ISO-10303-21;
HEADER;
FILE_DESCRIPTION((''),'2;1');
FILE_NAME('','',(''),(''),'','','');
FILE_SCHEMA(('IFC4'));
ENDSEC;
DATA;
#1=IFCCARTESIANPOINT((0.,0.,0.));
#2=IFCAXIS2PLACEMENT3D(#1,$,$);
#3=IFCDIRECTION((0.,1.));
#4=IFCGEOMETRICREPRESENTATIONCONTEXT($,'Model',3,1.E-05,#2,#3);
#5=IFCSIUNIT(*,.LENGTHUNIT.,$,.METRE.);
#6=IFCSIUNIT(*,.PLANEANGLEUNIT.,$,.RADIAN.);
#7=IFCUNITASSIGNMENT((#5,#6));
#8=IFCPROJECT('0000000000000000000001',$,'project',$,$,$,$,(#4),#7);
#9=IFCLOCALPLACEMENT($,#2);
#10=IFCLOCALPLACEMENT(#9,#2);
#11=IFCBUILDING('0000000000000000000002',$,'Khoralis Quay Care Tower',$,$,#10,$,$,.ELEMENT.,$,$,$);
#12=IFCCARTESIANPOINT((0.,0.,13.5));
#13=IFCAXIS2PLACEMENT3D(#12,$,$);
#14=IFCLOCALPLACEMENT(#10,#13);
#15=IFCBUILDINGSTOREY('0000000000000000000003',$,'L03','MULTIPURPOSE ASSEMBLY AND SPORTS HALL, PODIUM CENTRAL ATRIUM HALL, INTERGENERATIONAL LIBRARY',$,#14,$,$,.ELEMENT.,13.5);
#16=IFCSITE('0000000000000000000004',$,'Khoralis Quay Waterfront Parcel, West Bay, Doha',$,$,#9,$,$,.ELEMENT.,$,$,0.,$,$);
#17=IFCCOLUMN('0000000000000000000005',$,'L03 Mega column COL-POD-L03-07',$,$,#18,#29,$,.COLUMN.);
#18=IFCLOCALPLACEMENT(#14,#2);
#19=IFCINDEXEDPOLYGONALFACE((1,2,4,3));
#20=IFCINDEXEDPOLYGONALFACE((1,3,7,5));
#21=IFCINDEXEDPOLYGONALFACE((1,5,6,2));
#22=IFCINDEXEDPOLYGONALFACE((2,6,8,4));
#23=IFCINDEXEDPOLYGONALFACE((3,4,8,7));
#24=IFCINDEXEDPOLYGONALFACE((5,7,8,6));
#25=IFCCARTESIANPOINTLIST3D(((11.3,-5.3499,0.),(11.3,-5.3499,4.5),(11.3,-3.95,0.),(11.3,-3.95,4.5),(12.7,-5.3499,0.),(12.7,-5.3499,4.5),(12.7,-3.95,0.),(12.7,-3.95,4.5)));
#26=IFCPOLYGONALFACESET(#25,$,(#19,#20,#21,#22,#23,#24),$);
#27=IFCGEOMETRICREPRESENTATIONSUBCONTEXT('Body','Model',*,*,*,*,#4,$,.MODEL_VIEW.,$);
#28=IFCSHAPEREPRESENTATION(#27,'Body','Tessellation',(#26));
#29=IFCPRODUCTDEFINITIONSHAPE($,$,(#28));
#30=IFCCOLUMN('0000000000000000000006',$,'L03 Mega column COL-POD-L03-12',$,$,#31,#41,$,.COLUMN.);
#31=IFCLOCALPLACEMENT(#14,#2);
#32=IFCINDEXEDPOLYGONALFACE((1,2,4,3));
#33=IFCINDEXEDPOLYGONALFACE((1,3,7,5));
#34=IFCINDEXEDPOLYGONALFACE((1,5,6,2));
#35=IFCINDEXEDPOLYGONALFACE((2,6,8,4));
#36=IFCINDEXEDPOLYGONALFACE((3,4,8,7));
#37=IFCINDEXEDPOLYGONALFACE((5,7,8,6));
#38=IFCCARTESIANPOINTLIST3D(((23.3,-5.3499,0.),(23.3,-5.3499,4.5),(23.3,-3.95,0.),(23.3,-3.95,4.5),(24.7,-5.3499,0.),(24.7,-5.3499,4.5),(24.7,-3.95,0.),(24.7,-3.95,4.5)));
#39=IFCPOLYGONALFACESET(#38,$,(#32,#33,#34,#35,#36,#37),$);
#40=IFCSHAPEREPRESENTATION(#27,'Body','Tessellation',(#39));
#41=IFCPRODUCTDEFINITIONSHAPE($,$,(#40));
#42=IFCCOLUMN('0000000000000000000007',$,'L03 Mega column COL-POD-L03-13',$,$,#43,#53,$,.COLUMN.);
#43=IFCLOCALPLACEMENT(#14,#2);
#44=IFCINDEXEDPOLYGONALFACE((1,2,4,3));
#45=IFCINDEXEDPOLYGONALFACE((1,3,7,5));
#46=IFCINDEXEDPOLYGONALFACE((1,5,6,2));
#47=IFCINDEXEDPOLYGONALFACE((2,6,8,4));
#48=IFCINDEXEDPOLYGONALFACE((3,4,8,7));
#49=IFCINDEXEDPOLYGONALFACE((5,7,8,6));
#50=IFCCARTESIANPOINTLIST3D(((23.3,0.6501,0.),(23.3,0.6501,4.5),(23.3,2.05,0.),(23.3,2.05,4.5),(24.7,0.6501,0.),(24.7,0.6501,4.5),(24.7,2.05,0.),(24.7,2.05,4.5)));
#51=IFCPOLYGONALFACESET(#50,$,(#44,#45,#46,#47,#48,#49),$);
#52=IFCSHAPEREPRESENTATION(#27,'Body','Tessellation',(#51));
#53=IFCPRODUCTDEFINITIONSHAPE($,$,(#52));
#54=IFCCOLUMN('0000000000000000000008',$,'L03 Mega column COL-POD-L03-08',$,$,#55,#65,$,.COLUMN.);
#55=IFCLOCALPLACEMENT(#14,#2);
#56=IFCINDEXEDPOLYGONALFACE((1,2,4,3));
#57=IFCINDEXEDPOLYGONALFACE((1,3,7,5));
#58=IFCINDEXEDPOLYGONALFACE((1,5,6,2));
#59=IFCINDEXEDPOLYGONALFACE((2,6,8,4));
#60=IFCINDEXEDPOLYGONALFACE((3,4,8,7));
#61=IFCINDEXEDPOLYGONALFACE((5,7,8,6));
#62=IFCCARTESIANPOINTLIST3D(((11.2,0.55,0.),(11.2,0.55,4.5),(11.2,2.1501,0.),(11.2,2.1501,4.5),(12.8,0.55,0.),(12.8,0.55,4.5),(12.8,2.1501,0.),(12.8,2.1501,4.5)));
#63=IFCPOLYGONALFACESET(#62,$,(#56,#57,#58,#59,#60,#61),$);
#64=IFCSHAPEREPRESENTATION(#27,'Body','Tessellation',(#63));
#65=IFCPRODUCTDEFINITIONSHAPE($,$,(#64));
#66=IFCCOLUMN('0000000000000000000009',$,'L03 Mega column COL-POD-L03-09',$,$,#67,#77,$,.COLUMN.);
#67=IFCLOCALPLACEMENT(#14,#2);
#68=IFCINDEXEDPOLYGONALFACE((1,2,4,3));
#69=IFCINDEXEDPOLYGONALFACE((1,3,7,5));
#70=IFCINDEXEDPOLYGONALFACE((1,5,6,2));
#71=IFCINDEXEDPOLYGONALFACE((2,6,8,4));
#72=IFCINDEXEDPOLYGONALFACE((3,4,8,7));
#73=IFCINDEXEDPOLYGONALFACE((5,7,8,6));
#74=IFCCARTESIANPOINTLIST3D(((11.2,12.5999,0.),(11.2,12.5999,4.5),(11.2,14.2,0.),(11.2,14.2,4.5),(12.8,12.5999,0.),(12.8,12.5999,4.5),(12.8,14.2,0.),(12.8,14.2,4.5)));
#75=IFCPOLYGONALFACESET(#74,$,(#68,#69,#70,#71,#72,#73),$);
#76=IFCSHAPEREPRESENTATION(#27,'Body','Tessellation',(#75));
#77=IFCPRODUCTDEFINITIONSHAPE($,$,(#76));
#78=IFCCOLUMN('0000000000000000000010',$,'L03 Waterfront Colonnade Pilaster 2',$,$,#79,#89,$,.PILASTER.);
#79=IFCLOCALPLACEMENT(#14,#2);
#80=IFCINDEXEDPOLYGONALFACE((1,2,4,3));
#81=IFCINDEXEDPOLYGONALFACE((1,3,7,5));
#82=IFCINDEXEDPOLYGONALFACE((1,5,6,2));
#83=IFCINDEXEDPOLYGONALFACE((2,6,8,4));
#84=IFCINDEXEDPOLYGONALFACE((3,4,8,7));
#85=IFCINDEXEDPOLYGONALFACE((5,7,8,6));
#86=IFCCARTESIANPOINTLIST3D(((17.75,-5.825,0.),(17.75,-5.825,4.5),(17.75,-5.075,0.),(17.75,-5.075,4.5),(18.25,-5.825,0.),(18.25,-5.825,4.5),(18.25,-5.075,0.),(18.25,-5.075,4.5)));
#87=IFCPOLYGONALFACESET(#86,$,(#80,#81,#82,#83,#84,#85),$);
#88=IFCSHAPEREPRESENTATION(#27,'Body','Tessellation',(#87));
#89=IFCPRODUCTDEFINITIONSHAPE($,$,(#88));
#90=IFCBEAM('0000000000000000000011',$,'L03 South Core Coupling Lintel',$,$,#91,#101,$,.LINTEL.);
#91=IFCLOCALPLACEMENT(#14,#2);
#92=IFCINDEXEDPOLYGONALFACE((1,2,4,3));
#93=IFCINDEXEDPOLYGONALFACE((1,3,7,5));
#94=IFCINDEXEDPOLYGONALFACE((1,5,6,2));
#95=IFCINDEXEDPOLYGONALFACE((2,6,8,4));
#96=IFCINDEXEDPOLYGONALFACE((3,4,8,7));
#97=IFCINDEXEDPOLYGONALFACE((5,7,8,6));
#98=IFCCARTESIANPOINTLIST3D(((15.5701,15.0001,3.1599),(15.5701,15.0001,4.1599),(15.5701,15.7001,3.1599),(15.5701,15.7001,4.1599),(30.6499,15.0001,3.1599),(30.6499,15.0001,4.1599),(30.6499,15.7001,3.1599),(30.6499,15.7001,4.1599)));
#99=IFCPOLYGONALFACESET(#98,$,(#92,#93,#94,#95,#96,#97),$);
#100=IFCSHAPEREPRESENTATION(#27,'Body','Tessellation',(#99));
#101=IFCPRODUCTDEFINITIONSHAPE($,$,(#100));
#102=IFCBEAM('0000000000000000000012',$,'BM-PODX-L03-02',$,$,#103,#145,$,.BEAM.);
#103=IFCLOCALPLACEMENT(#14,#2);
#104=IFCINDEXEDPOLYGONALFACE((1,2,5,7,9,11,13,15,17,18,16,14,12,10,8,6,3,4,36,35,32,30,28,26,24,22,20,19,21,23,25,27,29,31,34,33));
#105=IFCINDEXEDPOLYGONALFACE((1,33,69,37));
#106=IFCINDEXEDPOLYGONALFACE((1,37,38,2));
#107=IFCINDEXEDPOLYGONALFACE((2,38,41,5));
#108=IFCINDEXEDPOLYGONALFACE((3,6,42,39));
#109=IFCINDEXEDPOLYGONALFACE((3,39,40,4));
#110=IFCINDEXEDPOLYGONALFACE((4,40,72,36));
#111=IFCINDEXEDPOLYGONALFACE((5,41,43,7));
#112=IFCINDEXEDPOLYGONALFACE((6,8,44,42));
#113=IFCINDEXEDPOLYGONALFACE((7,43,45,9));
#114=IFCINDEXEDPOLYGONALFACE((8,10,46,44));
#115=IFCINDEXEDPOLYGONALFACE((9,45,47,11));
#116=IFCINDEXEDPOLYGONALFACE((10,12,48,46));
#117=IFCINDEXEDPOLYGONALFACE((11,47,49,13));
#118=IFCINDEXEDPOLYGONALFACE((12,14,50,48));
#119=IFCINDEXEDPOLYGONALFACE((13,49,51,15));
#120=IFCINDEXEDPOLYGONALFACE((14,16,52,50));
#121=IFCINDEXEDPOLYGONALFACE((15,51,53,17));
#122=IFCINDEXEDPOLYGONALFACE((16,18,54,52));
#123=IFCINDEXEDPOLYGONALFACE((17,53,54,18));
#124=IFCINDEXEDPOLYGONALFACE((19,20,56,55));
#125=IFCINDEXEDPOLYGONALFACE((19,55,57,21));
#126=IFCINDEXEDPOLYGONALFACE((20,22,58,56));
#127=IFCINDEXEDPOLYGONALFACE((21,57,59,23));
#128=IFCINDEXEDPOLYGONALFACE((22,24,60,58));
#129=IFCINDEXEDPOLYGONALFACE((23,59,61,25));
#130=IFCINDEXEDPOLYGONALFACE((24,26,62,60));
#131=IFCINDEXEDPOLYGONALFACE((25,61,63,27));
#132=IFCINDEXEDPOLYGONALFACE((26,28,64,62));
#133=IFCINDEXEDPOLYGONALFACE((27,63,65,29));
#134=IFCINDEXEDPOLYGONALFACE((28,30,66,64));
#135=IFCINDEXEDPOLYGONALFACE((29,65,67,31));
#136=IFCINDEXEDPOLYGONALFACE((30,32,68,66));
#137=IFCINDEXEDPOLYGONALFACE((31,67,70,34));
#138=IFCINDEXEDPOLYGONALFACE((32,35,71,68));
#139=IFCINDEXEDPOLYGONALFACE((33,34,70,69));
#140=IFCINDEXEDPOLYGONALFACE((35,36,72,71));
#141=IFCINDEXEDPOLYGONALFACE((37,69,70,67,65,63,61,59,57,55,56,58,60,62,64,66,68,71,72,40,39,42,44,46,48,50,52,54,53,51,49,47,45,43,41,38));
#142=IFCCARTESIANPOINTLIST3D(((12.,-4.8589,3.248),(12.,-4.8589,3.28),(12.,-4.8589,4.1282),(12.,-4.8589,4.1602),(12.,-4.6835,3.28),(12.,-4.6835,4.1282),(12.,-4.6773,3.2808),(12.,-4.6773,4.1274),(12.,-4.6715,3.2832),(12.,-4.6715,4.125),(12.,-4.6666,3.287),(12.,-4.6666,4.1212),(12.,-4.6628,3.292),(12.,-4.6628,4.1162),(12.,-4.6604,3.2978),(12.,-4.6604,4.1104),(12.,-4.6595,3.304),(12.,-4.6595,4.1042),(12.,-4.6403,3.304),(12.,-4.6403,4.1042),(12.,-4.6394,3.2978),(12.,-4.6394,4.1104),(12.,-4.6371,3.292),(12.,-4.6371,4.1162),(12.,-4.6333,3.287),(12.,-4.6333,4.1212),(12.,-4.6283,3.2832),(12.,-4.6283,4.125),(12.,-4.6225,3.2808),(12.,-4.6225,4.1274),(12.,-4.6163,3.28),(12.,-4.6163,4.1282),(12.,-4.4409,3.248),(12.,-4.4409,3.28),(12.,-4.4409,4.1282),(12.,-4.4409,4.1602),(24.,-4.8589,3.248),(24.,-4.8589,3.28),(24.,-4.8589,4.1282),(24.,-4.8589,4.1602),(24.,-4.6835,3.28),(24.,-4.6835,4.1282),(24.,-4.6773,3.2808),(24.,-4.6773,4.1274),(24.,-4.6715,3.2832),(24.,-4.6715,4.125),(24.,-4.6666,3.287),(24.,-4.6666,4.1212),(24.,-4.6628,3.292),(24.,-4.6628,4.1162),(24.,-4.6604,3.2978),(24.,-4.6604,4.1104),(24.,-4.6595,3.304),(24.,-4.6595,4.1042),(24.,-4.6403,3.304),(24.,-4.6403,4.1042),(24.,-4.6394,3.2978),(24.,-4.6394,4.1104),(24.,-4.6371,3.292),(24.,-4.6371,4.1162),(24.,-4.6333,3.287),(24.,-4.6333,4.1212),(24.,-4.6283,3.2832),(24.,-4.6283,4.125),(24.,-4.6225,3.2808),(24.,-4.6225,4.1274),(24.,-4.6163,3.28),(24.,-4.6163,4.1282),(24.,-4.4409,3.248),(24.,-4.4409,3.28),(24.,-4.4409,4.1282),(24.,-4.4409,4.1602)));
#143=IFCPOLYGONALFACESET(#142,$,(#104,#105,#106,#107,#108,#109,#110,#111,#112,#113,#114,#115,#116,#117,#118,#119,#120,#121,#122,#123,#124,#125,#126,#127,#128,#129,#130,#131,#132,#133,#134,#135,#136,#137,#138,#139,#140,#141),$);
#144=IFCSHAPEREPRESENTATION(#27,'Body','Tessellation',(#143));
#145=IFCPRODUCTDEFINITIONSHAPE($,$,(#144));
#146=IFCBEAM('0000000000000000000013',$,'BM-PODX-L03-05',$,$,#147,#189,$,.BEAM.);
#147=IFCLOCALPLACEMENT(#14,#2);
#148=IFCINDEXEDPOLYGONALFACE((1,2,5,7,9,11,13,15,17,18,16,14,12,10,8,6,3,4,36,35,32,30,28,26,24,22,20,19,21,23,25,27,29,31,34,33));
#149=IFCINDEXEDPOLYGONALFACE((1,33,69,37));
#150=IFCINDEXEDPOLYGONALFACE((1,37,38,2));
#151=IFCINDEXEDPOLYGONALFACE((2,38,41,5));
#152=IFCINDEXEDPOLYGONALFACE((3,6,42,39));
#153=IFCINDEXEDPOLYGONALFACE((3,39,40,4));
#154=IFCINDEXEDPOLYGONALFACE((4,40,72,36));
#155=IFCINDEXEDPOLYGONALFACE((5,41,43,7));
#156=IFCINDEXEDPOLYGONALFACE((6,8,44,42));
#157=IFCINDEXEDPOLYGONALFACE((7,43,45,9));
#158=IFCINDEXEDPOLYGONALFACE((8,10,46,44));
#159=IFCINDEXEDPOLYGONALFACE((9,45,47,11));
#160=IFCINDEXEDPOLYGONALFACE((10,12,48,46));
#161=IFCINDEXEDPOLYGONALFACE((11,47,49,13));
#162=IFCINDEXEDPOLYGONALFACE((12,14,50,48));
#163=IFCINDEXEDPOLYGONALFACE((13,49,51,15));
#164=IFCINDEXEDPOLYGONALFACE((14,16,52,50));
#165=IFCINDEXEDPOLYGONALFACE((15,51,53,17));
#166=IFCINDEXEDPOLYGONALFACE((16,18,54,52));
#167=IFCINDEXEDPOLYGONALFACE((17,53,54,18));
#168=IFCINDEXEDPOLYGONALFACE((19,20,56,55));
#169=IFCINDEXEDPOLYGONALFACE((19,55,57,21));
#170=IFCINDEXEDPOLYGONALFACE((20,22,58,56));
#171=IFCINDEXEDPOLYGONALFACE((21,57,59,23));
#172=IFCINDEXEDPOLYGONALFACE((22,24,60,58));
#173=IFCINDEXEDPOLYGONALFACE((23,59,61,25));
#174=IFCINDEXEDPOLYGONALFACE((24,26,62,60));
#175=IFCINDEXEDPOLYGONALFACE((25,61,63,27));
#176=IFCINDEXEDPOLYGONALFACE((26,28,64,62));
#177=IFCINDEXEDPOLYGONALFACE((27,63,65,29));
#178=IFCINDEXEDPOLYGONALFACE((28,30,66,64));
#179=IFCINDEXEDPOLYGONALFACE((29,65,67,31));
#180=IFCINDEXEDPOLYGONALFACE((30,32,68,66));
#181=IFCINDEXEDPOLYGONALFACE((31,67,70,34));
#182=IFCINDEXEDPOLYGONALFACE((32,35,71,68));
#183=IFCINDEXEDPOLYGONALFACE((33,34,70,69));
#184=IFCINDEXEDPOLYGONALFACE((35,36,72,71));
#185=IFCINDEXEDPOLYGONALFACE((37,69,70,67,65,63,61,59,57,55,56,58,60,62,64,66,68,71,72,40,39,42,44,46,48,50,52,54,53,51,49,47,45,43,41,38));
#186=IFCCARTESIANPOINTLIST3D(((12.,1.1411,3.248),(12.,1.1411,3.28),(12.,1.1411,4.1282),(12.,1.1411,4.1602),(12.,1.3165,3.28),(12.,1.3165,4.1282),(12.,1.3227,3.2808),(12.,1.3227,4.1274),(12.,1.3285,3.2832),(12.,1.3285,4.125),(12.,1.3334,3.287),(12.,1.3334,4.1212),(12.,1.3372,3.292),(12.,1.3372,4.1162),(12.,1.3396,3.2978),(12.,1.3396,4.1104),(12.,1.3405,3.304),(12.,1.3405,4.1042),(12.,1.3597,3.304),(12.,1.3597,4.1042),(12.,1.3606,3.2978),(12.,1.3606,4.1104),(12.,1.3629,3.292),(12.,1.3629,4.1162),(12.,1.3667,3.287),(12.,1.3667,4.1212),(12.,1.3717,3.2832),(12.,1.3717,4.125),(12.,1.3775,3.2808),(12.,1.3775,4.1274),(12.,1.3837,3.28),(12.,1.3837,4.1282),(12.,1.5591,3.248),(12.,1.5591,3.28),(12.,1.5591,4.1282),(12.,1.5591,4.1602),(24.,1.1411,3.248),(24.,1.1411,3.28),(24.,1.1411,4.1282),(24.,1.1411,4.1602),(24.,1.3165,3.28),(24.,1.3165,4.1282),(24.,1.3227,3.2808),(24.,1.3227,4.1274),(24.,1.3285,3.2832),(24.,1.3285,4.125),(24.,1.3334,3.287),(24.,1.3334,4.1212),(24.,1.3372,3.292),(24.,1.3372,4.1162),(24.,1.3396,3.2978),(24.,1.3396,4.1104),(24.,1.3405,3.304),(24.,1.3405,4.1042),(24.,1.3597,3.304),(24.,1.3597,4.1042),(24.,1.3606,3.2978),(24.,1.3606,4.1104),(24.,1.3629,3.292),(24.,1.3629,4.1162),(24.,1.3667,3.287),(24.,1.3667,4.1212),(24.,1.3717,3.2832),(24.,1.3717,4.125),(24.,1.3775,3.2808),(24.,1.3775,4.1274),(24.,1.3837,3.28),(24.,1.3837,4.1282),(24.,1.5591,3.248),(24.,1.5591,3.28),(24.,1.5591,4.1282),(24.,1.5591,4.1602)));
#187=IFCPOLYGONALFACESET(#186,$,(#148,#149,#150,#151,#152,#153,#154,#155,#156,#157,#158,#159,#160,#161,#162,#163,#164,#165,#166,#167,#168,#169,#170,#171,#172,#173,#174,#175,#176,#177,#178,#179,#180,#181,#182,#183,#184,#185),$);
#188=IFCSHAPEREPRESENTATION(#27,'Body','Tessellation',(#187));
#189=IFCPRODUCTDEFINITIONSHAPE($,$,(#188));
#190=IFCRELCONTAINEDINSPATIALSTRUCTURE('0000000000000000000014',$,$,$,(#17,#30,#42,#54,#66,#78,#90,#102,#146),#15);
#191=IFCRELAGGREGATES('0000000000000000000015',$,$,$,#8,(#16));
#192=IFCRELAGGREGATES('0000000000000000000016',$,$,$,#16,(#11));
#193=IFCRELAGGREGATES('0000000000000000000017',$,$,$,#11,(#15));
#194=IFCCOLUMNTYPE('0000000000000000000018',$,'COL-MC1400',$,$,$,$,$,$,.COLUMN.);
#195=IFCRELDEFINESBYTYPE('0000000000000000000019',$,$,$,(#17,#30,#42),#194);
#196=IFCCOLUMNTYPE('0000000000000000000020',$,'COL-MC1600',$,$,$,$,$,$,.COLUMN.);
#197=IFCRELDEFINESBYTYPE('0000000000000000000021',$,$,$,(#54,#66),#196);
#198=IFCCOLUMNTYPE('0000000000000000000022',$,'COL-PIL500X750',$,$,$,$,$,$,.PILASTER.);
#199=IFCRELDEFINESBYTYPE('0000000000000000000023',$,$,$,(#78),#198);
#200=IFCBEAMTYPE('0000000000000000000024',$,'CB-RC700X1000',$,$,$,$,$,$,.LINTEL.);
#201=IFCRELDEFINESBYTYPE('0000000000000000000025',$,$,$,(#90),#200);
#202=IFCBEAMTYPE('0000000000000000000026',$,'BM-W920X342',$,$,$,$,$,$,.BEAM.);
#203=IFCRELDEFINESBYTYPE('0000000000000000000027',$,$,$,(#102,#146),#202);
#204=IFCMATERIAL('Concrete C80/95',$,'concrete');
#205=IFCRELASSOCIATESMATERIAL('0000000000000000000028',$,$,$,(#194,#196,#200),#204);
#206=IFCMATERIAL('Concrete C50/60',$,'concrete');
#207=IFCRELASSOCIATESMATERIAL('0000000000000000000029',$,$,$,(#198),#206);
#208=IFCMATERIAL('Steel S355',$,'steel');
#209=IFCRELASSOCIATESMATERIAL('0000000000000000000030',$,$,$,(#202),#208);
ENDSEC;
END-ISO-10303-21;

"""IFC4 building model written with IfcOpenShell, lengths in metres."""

from ifc_helpers import new_model, si_unit, direction, frame, origin, origin_2d, place, context, subcontext, project, spatial, rectangle, i_section, extrude, source, transform, mapped, material, material_profile, profile_set, type_object, element, save


model = new_model("IFC4")

# Units and contexts
model_context = context("Model", 3, precision=1e-05, world=origin(), true_north=direction((0.0, 1.0)))
body_context = subcontext(model_context, "Body", "Model", "MODEL_VIEW")
ifc_project = project(units=[si_unit("LENGTHUNIT", "METRE"), si_unit("PLANEANGLEUNIT", "RADIAN")], contexts=[model_context])

# Site, building, storey
site_placement = place(None, origin())
site = spatial("IfcSite", under=ifc_project, at=site_placement, Name="Khoralis Quay Waterfront Parcel, West Bay, Doha", CompositionType="ELEMENT", RefElevation=0.0)
building_placement = place(site_placement, origin())
building = spatial("IfcBuilding", under=site, at=building_placement, Name="Khoralis Quay Care Tower", CompositionType="ELEMENT")
storey_placement = place(building_placement, frame((0.0, 0.0, 13.5)))
storey = spatial("IfcBuildingStorey", under=building, at=storey_placement, Name="L03", Description="MULTIPURPOSE ASSEMBLY AND SPORTS HALL, PODIUM CENTRAL ATRIUM HALL, INTERGENERATIONAL LIBRARY", CompositionType="ELEMENT", Elevation=13.5)

# Columns
ifc_material_1 = material(Name="Concrete C80/95", Category="concrete")
ifc_material_profile_1 = material_profile(ifc_material_1, rectangle(XDim=1.3999, YDim=1.3999, at=origin_2d()), Name="Concrete C80/95")
ifc_profile_set_1 = profile_set([ifc_material_profile_1], Name="Concrete C80/95")
column_type_1 = type_object("IfcColumnType", Name="COL-MC1400", PredefinedType="COLUMN", material=ifc_profile_set_1)
shared_shape_1 = source(origin(), body_context, "Body", "SweptSolid", [
    extrude(rectangle(XDim=1.3999, YDim=1.3999, at=origin_2d()), origin(), (0.0, 0.0, 1.0), 4.5),
])
for number, where, z_axis, x_axis, name in (
    (1, (12.0, -4.6499, 0.0), (0.0, 0.0, 1.0), (1.0, 0.0, 0.0), "L03 Mega column COL-POD-L03-07"),
    (2, (24.0, -4.6499, 0.0), (0.0, 0.0, 1.0), (1.0, 0.0, 0.0), "L03 Mega column COL-POD-L03-12"),
    (3, (24.0, 1.3501, 0.0), (0.0, 0.0, 1.0), (1.0, 0.0, 0.0), "L03 Mega column COL-POD-L03-13"),
):
    element("IfcColumn", number, at=place(storey_placement, frame(where, z_axis=z_axis, x_axis=x_axis)), inside=storey, type_object=column_type_1, Name=name, PredefinedType="COLUMN", context=body_context, shape_type="MappedRepresentation", body=[
        mapped(shared_shape_1, transform((0.0, 0.0, 0.0), scale=1.0)),
    ])
ifc_material_profile_2 = material_profile(ifc_material_1, rectangle(XDim=1.6001, YDim=1.6001, at=origin_2d()), Name="Concrete C80/95")
ifc_profile_set_2 = profile_set([ifc_material_profile_2], Name="Concrete C80/95")
column_type_2 = type_object("IfcColumnType", Name="COL-MC1600", PredefinedType="COLUMN", material=ifc_profile_set_2)
shared_shape_2 = source(origin(), body_context, "Body", "SweptSolid", [
    extrude(rectangle(XDim=1.6001, YDim=1.6001, at=origin_2d()), origin(), (0.0, 0.0, 1.0), 4.5),
])
for number, where, z_axis, x_axis, name in (
    (4, (12.0, 1.3501, 0.0), (0.0, 0.0, 1.0), (1.0, 0.0, 0.0), "L03 Mega column COL-POD-L03-08"),
    (5, (12.0, 13.3999, 0.0), (0.0, 0.0, 1.0), (1.0, 0.0, 0.0), "L03 Mega column COL-POD-L03-09"),
):
    element("IfcColumn", number, at=place(storey_placement, frame(where, z_axis=z_axis, x_axis=x_axis)), inside=storey, type_object=column_type_2, Name=name, PredefinedType="COLUMN", context=body_context, shape_type="MappedRepresentation", body=[
        mapped(shared_shape_2, transform((0.0, 0.0, 0.0), scale=1.0)),
    ])
ifc_material_2 = material(Name="Concrete C50/60", Category="concrete")
ifc_material_profile_3 = material_profile(ifc_material_2, rectangle(XDim=0.5, YDim=0.75, at=origin_2d()), Name="Concrete C50/60")
ifc_profile_set_3 = profile_set([ifc_material_profile_3], Name="Concrete C50/60")
column_type_3 = type_object("IfcColumnType", Name="COL-PIL500X750", PredefinedType="PILASTER", material=ifc_profile_set_3)
shared_shape_3 = source(origin(), body_context, "Body", "SweptSolid", [
    extrude(rectangle(XDim=0.5, YDim=0.75, at=origin_2d()), origin(), (0.0, 0.0, 1.0), 4.5),
])
column_placement = place(storey_placement, frame((18.0, -5.45, 0.0), z_axis=(0.0, 0.0, 1.0), x_axis=(1.0, 0.0, 0.0)))
element("IfcColumn", 6, at=column_placement, inside=storey, type_object=column_type_3, Name="L03 Waterfront Colonnade Pilaster 2", PredefinedType="PILASTER", context=body_context, shape_type="MappedRepresentation", body=[
    mapped(shared_shape_3, transform((0.0, 0.0, 0.0), scale=1.0)),
])

# Beams
ifc_material_profile_4 = material_profile(ifc_material_1, rectangle(XDim=0.7, YDim=1.0, at=origin_2d()), Name="Concrete C80/95")
ifc_profile_set_4 = profile_set([ifc_material_profile_4], Name="Concrete C80/95")
beam_type_1 = type_object("IfcBeamType", Name="CB-RC700X1000", PredefinedType="LINTEL", material=ifc_profile_set_4)
shared_shape_4 = source(origin(), body_context, "Body", "SweptSolid", [
    extrude(rectangle(XDim=0.7, YDim=1.0, at=origin_2d()), origin(), (0.0, 0.0, 1.0), 15.0798),
])
beam_1_placement = place(storey_placement, frame((15.5701, 15.3501, 3.6599), z_axis=(1.0, 0.0, 0.0), x_axis=(0.0, 1.0, 0.0)))
element("IfcBeam", 7, at=beam_1_placement, inside=storey, type_object=beam_type_1, Name="L03 South Core Coupling Lintel", PredefinedType="LINTEL", context=body_context, shape_type="MappedRepresentation", body=[
    mapped(shared_shape_4, transform((0.0, 0.0, 0.0), scale=1.0)),
])
ifc_material_3 = material(Name="Steel S355", Category="steel")
ifc_material_profile_5 = material_profile(ifc_material_3, i_section(OverallWidth=0.418, OverallDepth=0.9121, WebThickness=0.0193, FlangeThickness=0.032, FilletRadius=0.0239, at=origin_2d()), Name="Steel S355")
ifc_profile_set_5 = profile_set([ifc_material_profile_5], Name="Steel S355")
beam_type_2 = type_object("IfcBeamType", Name="BM-W920X342", PredefinedType="BEAM", material=ifc_profile_set_5)
shared_shape_5 = source(origin(), body_context, "Body", "SweptSolid", [
    extrude(i_section(OverallWidth=0.418, OverallDepth=0.9121, WebThickness=0.0193, FlangeThickness=0.032, FilletRadius=0.0239, at=origin_2d()), origin(), (0.0, 0.0, 1.0), 12.0),
])
for number, where, z_axis, x_axis, name in (
    (8, (12.0, -4.6499, 3.7041), (1.0, 0.0, 0.0), (0.0, 1.0, 0.0), "BM-PODX-L03-02"),
    (9, (12.0, 1.3501, 3.7041), (1.0, 0.0, 0.0), (0.0, 1.0, 0.0), "BM-PODX-L03-05"),
):
    element("IfcBeam", number, at=place(storey_placement, frame(where, z_axis=z_axis, x_axis=x_axis)), inside=storey, type_object=beam_type_2, Name=name, PredefinedType="BEAM", context=body_context, shape_type="MappedRepresentation", body=[
        mapped(shared_shape_5, transform((0.0, 0.0, 0.0), scale=1.0)),
    ])

save(model, "model.ifc")
